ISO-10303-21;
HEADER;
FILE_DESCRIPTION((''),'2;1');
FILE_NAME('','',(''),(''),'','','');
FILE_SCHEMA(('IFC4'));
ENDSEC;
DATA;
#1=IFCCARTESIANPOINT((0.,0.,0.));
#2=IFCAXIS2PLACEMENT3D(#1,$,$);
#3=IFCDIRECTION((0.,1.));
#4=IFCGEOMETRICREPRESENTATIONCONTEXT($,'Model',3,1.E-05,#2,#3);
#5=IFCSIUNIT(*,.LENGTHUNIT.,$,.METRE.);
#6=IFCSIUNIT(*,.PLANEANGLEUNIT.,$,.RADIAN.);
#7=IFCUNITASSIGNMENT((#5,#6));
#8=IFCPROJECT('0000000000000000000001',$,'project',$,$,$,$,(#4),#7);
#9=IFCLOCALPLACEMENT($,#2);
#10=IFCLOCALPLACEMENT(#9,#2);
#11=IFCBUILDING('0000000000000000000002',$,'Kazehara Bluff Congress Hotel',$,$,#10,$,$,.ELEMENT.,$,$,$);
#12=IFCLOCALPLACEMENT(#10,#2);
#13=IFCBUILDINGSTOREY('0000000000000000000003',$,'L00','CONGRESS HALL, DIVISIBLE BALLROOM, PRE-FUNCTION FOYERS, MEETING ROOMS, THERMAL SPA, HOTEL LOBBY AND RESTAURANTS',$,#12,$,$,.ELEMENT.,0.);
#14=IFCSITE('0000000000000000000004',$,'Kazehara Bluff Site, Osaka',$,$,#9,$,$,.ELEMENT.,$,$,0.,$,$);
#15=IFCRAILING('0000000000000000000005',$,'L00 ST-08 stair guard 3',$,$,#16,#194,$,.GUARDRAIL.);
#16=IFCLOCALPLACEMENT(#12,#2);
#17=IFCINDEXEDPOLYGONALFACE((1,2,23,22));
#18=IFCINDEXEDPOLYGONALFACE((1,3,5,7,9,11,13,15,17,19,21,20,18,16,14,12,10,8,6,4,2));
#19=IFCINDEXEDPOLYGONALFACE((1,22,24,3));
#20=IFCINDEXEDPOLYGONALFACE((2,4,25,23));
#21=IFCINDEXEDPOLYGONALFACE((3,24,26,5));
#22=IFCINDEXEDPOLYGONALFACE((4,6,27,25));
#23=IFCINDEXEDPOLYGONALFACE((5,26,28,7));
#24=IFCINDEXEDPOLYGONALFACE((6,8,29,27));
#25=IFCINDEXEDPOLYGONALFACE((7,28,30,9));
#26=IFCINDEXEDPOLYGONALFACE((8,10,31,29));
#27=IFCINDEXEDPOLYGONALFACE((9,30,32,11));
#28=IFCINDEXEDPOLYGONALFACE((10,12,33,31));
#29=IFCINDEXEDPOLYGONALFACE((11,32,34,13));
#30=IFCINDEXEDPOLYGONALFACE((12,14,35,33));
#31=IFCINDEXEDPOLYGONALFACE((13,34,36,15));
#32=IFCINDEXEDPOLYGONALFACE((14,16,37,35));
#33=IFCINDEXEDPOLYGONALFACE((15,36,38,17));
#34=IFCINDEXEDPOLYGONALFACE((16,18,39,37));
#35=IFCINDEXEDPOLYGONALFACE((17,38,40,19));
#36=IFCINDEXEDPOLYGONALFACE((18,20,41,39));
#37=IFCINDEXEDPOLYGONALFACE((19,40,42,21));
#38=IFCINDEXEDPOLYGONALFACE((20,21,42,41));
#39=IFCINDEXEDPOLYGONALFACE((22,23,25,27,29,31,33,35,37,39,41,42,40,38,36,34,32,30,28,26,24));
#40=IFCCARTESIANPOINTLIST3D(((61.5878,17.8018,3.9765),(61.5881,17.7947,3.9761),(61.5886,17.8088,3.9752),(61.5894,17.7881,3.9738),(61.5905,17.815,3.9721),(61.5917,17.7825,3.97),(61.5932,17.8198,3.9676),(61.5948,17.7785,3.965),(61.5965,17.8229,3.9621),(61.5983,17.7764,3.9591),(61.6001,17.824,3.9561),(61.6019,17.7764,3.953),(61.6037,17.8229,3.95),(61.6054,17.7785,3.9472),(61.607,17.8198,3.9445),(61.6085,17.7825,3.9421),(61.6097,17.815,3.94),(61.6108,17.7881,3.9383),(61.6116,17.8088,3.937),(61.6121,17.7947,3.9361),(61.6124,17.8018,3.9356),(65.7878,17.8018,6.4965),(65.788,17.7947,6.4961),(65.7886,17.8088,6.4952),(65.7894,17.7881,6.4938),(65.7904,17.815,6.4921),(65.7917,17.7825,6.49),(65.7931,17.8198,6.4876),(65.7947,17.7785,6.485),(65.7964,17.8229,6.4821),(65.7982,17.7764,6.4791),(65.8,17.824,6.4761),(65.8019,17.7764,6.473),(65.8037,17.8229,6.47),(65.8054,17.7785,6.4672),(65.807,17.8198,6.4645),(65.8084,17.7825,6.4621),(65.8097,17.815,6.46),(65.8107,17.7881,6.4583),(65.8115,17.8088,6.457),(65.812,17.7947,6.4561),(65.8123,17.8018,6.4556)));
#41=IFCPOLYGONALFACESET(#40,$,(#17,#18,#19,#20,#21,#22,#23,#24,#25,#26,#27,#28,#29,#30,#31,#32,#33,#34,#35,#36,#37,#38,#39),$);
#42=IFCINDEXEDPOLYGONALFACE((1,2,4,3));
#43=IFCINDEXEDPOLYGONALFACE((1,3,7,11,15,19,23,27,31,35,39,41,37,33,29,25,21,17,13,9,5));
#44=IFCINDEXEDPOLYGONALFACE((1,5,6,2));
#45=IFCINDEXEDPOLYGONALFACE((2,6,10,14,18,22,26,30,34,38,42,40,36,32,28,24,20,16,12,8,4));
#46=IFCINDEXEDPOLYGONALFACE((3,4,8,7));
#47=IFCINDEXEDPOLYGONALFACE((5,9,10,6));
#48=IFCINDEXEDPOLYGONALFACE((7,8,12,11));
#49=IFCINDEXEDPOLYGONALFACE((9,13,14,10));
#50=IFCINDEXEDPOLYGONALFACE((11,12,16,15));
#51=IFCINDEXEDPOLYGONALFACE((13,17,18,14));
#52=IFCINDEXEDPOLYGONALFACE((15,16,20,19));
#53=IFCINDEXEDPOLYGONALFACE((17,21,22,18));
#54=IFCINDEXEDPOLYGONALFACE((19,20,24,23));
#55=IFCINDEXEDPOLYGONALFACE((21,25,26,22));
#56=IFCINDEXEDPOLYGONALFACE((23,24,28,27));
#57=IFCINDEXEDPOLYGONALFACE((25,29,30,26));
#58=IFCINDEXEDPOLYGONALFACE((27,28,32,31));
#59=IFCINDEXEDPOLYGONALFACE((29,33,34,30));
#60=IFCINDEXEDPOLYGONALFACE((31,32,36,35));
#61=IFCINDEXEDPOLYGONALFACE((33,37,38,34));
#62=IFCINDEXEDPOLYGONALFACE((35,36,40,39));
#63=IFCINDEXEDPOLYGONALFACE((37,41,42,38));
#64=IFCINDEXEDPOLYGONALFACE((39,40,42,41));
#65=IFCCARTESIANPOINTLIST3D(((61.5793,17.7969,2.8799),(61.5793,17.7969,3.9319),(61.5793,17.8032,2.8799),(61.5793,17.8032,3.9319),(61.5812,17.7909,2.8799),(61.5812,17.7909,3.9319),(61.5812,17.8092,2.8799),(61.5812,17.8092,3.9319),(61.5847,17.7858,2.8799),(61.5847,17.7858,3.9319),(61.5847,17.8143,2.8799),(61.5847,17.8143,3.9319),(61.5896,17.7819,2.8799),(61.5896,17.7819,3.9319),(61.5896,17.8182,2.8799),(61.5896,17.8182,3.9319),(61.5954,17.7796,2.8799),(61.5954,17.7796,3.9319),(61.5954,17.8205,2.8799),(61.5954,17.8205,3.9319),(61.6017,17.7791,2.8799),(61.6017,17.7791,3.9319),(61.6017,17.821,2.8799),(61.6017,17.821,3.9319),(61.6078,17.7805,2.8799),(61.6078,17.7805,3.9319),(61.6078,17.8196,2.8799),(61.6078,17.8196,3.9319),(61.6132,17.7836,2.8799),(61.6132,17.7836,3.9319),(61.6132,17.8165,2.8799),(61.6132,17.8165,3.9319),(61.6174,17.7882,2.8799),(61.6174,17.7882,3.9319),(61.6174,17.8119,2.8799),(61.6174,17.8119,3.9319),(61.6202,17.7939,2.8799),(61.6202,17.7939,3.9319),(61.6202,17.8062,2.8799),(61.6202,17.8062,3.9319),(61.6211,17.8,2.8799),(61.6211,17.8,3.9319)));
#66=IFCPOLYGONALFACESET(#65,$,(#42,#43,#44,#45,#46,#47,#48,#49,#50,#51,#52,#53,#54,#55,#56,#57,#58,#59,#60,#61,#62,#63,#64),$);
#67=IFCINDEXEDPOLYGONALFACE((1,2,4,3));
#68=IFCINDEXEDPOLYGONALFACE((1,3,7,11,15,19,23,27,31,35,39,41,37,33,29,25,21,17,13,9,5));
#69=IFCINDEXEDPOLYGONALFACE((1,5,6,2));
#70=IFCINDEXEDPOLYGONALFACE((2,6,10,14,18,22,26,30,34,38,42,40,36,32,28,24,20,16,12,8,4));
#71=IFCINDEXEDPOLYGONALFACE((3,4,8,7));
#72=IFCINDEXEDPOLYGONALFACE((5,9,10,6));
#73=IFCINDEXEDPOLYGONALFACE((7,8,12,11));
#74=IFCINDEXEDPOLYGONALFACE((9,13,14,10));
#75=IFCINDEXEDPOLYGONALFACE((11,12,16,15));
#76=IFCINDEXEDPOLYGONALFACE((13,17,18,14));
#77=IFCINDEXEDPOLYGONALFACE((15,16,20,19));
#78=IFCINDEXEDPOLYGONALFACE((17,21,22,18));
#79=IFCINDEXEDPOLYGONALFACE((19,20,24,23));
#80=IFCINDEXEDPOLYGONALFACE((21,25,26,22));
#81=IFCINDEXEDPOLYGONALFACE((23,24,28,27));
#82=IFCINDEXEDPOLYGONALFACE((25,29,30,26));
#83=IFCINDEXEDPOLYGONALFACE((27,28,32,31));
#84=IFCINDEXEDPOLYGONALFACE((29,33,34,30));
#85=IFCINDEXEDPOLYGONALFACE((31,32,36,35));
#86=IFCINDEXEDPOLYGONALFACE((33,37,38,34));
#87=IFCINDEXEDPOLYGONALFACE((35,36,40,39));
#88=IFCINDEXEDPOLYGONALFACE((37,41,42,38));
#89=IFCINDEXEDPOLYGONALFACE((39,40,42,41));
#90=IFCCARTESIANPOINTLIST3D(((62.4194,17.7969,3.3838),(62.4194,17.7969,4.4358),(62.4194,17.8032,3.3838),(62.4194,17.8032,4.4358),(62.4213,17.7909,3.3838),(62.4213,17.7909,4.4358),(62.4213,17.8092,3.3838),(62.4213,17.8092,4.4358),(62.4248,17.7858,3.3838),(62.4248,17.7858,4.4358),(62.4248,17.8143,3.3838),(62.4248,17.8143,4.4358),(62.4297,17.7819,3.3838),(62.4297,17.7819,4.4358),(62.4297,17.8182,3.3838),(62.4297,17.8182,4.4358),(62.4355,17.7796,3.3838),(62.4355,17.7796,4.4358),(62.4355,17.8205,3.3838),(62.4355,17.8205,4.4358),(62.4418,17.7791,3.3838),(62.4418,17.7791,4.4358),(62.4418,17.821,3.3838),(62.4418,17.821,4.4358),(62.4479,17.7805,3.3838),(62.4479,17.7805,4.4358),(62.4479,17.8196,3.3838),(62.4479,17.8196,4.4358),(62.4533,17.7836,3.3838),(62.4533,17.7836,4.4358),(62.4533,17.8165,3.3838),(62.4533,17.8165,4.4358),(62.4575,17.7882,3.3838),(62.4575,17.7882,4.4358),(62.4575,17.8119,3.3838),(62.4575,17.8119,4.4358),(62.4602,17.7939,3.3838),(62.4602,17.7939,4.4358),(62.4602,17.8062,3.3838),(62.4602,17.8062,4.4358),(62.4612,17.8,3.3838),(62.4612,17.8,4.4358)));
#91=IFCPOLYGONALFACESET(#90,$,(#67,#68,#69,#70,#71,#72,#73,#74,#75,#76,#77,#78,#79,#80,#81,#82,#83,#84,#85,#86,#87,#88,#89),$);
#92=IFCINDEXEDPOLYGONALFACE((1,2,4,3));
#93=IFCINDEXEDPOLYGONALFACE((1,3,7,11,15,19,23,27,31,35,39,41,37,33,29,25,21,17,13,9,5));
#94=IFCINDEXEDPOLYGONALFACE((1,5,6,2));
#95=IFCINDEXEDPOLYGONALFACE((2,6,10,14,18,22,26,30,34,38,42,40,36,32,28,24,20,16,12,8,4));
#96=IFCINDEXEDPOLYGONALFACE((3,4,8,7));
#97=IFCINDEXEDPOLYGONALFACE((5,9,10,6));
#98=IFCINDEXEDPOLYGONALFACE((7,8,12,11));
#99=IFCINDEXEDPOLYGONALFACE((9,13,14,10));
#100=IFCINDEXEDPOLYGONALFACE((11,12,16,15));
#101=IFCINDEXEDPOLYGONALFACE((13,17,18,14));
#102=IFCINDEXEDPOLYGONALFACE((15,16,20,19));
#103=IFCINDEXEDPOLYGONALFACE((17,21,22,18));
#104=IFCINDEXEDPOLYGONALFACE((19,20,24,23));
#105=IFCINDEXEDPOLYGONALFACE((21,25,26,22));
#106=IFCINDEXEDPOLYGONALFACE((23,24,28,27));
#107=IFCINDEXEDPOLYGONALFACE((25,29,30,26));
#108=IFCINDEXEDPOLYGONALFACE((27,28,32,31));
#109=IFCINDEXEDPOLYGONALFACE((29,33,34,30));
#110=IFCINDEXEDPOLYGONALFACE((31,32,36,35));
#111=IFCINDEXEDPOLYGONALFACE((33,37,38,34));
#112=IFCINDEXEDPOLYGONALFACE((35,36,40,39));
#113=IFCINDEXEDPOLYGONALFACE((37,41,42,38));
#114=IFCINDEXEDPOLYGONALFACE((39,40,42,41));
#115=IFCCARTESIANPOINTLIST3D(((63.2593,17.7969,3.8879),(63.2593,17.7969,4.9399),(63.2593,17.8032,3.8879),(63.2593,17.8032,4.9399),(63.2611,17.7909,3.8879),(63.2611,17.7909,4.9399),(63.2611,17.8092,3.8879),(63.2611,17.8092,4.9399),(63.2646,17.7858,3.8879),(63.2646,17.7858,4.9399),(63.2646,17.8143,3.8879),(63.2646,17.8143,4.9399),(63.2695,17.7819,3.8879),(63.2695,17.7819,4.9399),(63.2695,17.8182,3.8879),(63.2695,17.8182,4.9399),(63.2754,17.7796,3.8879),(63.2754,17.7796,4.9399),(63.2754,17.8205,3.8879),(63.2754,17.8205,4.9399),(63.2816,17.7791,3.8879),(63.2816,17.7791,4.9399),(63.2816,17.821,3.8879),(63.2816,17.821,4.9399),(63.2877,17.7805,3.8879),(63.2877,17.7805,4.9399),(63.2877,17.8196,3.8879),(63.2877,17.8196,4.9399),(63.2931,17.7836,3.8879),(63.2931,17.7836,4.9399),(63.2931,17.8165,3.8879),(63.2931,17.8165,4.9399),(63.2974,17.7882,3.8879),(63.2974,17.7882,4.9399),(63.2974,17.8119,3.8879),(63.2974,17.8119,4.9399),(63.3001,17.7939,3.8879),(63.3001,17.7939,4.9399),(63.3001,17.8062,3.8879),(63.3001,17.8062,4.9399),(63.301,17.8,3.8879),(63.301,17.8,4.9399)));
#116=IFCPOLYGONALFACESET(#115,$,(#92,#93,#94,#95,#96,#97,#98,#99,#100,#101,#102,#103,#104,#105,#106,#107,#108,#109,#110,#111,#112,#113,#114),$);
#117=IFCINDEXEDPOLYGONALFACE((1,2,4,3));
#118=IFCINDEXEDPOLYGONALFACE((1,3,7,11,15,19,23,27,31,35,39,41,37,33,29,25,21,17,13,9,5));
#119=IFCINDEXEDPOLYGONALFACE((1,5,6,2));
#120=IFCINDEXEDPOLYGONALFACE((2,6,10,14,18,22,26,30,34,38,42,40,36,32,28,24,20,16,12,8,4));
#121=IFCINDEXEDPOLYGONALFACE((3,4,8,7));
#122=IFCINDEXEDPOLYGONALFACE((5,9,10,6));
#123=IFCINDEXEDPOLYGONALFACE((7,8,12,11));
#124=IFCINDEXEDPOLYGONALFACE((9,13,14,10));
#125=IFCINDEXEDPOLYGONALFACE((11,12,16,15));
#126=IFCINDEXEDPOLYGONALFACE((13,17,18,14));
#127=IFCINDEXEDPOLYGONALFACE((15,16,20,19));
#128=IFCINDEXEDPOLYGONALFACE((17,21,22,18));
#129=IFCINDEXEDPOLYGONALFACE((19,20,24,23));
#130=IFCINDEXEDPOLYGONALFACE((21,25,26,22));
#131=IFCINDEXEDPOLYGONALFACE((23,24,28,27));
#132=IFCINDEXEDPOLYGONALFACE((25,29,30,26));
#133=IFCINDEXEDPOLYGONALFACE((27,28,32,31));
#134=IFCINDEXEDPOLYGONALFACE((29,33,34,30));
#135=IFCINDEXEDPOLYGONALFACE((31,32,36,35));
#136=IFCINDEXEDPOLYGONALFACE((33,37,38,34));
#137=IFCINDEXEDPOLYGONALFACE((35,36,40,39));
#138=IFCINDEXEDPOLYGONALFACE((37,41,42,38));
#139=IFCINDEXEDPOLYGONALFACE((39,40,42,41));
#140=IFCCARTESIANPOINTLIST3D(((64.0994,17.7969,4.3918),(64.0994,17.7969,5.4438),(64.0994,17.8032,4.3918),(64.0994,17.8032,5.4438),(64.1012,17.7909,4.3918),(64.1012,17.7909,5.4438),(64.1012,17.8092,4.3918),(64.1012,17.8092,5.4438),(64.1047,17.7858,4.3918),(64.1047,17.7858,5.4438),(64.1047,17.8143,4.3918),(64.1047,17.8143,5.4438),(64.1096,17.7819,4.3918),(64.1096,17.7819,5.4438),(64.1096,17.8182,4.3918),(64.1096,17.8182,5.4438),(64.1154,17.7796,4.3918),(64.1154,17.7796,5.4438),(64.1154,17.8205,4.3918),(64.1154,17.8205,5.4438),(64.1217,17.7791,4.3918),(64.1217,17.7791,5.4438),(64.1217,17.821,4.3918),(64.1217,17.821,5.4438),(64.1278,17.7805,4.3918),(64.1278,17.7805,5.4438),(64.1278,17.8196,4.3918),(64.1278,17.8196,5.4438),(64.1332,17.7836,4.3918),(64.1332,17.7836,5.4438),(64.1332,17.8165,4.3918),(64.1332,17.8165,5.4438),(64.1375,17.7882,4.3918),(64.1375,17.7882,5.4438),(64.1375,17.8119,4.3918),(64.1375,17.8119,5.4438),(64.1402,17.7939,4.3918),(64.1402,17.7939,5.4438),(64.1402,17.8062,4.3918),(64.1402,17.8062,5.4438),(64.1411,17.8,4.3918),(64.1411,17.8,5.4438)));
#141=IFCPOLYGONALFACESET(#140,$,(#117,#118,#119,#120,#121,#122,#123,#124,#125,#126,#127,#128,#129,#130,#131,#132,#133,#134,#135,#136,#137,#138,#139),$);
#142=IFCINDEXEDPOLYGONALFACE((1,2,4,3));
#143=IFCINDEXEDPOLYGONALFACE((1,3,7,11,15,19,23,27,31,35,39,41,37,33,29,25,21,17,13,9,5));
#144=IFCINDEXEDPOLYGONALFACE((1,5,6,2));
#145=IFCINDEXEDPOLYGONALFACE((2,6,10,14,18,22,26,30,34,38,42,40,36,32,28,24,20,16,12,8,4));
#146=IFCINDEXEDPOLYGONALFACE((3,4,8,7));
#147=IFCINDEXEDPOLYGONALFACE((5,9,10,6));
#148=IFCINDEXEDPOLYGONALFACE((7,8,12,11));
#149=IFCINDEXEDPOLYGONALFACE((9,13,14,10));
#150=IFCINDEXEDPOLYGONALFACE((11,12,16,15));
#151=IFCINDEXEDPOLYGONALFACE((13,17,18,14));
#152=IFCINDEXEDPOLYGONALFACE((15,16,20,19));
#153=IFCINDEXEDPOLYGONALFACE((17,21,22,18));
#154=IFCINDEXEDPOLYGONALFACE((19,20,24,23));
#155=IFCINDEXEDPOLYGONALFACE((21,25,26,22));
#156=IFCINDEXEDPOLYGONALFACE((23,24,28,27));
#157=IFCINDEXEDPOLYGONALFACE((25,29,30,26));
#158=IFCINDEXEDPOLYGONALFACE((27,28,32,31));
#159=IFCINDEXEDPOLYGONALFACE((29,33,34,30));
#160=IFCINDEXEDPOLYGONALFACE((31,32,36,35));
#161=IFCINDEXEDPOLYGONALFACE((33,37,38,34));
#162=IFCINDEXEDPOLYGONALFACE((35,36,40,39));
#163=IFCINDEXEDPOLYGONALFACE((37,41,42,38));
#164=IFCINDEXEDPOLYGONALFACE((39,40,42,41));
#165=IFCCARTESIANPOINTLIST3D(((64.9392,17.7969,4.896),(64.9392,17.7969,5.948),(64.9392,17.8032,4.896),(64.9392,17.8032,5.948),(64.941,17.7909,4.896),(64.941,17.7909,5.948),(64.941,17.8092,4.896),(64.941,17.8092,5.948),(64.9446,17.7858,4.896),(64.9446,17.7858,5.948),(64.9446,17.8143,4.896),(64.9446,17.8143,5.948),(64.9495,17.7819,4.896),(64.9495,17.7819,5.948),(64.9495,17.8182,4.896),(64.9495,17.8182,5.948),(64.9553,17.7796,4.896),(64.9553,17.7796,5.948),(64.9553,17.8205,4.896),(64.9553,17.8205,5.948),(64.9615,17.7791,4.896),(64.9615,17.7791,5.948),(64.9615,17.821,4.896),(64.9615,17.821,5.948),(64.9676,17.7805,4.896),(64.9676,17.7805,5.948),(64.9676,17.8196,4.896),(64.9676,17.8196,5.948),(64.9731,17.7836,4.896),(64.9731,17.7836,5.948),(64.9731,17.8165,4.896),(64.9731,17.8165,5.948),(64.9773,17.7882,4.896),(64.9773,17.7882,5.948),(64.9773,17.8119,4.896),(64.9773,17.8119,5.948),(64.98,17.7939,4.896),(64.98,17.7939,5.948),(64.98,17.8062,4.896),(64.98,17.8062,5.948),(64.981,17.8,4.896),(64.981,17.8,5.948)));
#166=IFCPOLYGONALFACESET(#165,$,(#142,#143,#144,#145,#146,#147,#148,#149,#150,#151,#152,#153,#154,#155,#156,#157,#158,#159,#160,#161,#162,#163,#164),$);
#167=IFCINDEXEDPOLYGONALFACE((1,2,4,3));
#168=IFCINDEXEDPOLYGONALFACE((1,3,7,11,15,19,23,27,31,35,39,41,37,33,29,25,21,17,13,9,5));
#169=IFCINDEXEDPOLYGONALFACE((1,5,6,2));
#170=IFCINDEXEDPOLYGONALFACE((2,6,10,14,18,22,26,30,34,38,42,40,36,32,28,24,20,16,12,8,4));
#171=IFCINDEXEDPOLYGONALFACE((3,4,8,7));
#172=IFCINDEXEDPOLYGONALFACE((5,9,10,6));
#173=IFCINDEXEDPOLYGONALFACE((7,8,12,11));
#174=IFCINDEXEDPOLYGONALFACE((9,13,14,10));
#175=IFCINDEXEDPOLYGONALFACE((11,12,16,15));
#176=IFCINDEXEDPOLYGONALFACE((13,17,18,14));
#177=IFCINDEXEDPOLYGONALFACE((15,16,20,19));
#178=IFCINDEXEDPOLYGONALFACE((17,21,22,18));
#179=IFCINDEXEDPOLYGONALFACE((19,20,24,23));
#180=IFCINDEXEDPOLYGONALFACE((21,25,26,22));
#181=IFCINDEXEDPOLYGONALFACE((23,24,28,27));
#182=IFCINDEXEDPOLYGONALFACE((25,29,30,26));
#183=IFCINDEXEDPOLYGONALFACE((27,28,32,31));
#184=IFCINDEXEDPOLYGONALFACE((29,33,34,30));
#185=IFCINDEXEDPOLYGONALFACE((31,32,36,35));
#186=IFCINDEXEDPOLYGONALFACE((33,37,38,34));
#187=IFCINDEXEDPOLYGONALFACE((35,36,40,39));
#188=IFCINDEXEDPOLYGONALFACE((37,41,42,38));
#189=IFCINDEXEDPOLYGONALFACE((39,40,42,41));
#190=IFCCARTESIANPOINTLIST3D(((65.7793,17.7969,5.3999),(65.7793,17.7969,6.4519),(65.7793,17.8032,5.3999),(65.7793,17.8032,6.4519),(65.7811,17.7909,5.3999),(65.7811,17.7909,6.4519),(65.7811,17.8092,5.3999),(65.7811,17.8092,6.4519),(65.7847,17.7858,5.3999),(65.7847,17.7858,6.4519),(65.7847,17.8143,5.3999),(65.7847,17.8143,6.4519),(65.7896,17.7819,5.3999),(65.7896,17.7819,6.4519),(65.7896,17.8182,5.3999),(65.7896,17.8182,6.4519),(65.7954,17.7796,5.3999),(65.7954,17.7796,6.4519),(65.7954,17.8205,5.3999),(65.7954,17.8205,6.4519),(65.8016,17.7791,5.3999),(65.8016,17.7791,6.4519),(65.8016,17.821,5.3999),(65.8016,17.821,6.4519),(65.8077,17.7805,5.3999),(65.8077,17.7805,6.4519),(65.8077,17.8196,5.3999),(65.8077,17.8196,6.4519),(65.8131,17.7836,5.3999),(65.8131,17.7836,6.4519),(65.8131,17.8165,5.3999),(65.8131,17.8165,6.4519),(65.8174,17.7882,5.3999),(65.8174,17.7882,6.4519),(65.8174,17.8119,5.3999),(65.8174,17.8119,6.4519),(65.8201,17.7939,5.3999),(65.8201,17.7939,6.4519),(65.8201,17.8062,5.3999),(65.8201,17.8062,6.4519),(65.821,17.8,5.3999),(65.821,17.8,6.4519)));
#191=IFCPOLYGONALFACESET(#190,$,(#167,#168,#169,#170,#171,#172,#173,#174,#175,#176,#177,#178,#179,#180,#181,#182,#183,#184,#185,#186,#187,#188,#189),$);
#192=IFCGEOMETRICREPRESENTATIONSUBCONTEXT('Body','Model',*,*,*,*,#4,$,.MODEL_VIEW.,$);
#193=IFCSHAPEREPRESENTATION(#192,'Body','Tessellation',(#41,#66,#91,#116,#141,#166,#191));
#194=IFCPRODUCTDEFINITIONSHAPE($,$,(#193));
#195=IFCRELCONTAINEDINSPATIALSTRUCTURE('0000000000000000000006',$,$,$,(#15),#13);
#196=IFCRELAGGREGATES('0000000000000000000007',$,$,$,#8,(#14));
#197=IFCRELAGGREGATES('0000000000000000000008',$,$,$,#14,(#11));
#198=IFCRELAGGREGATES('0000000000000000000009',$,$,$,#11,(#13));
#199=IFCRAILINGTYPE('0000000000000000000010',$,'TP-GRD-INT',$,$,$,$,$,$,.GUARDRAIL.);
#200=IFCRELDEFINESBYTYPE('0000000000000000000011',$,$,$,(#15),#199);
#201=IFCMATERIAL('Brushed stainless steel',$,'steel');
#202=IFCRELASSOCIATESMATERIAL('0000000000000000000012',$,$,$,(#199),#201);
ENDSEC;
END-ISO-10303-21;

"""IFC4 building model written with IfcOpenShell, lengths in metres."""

from ifc_helpers import new_model, si_unit, direction, frame, origin, origin_2d, place, context, subcontext, project, spatial, circle, extrude, material, type_object, element, save


model = new_model("IFC4")

# Units and contexts
model_context = context("Model", 3, precision=1e-05, world=origin(), true_north=direction((0.0, 1.0)))
body_context = subcontext(model_context, "Body", "Model", "MODEL_VIEW")
ifc_project = project(units=[si_unit("LENGTHUNIT", "METRE"), si_unit("PLANEANGLEUNIT", "RADIAN")], contexts=[model_context])

# Site, building, storey
site_placement = place(None, origin())
site = spatial("IfcSite", under=ifc_project, at=site_placement, Name="Kazehara Bluff Site, Osaka", CompositionType="ELEMENT", RefElevation=0.0)
building_placement = place(site_placement, origin())
building = spatial("IfcBuilding", under=site, at=building_placement, Name="Kazehara Bluff Congress Hotel", CompositionType="ELEMENT")
storey_placement = place(building_placement, origin())
storey = spatial("IfcBuildingStorey", under=building, at=storey_placement, Name="L00", Description="CONGRESS HALL, DIVISIBLE BALLROOM, PRE-FUNCTION FOYERS, MEETING ROOMS, THERMAL SPA, HOTEL LOBBY AND RESTAURANTS", CompositionType="ELEMENT", Elevation=0.0)

# Railing
ifc_material_1 = material(Name="Brushed stainless steel", Category="steel")
railing_type_1 = type_object("IfcRailingType", Name="TP-GRD-INT", PredefinedType="GUARDRAIL", material=ifc_material_1)
railing_1_placement = place(storey_placement, frame((61.6001, 17.8, 2.8799)))
element("IfcRailing", 1, at=railing_1_placement, inside=storey, type_object=railing_type_1, Name="L00 ST-08 stair guard 3", PredefinedType="GUARDRAIL", context=body_context, shape_type="SweptSolid", body=[
    extrude(circle(Radius=0.0239, at=origin_2d()), frame((0.0, 0.0, 1.0762), z_axis=(0.857489, 0.0, 0.514503), x_axis=(0.0, 1.0, 0.0)), (0.0, 0.0, 1.0), 4.8979),
    extrude(circle(Radius=0.021, at=origin_2d()), origin(), (0.0, 0.0, 1.0), 1.052),
    extrude(circle(Radius=0.021, at=origin_2d()), frame((0.8401, 0.0, 0.5039)), (0.0, 0.0, 1.0), 1.052),
    extrude(circle(Radius=0.021, at=origin_2d()), frame((1.6799, 0.0, 1.0081)), (0.0, 0.0, 1.0), 1.052),
    extrude(circle(Radius=0.021, at=origin_2d()), frame((2.52, 0.0, 1.512)), (0.0, 0.0, 1.0), 1.052),
    extrude(circle(Radius=0.021, at=origin_2d()), frame((3.3599, 0.0, 2.0161)), (0.0, 0.0, 1.0), 1.052),
    extrude(circle(Radius=0.021, at=origin_2d()), frame((4.2, 0.0, 2.52)), (0.0, 0.0, 1.0), 1.052),
])

save(model, "model.ifc")
